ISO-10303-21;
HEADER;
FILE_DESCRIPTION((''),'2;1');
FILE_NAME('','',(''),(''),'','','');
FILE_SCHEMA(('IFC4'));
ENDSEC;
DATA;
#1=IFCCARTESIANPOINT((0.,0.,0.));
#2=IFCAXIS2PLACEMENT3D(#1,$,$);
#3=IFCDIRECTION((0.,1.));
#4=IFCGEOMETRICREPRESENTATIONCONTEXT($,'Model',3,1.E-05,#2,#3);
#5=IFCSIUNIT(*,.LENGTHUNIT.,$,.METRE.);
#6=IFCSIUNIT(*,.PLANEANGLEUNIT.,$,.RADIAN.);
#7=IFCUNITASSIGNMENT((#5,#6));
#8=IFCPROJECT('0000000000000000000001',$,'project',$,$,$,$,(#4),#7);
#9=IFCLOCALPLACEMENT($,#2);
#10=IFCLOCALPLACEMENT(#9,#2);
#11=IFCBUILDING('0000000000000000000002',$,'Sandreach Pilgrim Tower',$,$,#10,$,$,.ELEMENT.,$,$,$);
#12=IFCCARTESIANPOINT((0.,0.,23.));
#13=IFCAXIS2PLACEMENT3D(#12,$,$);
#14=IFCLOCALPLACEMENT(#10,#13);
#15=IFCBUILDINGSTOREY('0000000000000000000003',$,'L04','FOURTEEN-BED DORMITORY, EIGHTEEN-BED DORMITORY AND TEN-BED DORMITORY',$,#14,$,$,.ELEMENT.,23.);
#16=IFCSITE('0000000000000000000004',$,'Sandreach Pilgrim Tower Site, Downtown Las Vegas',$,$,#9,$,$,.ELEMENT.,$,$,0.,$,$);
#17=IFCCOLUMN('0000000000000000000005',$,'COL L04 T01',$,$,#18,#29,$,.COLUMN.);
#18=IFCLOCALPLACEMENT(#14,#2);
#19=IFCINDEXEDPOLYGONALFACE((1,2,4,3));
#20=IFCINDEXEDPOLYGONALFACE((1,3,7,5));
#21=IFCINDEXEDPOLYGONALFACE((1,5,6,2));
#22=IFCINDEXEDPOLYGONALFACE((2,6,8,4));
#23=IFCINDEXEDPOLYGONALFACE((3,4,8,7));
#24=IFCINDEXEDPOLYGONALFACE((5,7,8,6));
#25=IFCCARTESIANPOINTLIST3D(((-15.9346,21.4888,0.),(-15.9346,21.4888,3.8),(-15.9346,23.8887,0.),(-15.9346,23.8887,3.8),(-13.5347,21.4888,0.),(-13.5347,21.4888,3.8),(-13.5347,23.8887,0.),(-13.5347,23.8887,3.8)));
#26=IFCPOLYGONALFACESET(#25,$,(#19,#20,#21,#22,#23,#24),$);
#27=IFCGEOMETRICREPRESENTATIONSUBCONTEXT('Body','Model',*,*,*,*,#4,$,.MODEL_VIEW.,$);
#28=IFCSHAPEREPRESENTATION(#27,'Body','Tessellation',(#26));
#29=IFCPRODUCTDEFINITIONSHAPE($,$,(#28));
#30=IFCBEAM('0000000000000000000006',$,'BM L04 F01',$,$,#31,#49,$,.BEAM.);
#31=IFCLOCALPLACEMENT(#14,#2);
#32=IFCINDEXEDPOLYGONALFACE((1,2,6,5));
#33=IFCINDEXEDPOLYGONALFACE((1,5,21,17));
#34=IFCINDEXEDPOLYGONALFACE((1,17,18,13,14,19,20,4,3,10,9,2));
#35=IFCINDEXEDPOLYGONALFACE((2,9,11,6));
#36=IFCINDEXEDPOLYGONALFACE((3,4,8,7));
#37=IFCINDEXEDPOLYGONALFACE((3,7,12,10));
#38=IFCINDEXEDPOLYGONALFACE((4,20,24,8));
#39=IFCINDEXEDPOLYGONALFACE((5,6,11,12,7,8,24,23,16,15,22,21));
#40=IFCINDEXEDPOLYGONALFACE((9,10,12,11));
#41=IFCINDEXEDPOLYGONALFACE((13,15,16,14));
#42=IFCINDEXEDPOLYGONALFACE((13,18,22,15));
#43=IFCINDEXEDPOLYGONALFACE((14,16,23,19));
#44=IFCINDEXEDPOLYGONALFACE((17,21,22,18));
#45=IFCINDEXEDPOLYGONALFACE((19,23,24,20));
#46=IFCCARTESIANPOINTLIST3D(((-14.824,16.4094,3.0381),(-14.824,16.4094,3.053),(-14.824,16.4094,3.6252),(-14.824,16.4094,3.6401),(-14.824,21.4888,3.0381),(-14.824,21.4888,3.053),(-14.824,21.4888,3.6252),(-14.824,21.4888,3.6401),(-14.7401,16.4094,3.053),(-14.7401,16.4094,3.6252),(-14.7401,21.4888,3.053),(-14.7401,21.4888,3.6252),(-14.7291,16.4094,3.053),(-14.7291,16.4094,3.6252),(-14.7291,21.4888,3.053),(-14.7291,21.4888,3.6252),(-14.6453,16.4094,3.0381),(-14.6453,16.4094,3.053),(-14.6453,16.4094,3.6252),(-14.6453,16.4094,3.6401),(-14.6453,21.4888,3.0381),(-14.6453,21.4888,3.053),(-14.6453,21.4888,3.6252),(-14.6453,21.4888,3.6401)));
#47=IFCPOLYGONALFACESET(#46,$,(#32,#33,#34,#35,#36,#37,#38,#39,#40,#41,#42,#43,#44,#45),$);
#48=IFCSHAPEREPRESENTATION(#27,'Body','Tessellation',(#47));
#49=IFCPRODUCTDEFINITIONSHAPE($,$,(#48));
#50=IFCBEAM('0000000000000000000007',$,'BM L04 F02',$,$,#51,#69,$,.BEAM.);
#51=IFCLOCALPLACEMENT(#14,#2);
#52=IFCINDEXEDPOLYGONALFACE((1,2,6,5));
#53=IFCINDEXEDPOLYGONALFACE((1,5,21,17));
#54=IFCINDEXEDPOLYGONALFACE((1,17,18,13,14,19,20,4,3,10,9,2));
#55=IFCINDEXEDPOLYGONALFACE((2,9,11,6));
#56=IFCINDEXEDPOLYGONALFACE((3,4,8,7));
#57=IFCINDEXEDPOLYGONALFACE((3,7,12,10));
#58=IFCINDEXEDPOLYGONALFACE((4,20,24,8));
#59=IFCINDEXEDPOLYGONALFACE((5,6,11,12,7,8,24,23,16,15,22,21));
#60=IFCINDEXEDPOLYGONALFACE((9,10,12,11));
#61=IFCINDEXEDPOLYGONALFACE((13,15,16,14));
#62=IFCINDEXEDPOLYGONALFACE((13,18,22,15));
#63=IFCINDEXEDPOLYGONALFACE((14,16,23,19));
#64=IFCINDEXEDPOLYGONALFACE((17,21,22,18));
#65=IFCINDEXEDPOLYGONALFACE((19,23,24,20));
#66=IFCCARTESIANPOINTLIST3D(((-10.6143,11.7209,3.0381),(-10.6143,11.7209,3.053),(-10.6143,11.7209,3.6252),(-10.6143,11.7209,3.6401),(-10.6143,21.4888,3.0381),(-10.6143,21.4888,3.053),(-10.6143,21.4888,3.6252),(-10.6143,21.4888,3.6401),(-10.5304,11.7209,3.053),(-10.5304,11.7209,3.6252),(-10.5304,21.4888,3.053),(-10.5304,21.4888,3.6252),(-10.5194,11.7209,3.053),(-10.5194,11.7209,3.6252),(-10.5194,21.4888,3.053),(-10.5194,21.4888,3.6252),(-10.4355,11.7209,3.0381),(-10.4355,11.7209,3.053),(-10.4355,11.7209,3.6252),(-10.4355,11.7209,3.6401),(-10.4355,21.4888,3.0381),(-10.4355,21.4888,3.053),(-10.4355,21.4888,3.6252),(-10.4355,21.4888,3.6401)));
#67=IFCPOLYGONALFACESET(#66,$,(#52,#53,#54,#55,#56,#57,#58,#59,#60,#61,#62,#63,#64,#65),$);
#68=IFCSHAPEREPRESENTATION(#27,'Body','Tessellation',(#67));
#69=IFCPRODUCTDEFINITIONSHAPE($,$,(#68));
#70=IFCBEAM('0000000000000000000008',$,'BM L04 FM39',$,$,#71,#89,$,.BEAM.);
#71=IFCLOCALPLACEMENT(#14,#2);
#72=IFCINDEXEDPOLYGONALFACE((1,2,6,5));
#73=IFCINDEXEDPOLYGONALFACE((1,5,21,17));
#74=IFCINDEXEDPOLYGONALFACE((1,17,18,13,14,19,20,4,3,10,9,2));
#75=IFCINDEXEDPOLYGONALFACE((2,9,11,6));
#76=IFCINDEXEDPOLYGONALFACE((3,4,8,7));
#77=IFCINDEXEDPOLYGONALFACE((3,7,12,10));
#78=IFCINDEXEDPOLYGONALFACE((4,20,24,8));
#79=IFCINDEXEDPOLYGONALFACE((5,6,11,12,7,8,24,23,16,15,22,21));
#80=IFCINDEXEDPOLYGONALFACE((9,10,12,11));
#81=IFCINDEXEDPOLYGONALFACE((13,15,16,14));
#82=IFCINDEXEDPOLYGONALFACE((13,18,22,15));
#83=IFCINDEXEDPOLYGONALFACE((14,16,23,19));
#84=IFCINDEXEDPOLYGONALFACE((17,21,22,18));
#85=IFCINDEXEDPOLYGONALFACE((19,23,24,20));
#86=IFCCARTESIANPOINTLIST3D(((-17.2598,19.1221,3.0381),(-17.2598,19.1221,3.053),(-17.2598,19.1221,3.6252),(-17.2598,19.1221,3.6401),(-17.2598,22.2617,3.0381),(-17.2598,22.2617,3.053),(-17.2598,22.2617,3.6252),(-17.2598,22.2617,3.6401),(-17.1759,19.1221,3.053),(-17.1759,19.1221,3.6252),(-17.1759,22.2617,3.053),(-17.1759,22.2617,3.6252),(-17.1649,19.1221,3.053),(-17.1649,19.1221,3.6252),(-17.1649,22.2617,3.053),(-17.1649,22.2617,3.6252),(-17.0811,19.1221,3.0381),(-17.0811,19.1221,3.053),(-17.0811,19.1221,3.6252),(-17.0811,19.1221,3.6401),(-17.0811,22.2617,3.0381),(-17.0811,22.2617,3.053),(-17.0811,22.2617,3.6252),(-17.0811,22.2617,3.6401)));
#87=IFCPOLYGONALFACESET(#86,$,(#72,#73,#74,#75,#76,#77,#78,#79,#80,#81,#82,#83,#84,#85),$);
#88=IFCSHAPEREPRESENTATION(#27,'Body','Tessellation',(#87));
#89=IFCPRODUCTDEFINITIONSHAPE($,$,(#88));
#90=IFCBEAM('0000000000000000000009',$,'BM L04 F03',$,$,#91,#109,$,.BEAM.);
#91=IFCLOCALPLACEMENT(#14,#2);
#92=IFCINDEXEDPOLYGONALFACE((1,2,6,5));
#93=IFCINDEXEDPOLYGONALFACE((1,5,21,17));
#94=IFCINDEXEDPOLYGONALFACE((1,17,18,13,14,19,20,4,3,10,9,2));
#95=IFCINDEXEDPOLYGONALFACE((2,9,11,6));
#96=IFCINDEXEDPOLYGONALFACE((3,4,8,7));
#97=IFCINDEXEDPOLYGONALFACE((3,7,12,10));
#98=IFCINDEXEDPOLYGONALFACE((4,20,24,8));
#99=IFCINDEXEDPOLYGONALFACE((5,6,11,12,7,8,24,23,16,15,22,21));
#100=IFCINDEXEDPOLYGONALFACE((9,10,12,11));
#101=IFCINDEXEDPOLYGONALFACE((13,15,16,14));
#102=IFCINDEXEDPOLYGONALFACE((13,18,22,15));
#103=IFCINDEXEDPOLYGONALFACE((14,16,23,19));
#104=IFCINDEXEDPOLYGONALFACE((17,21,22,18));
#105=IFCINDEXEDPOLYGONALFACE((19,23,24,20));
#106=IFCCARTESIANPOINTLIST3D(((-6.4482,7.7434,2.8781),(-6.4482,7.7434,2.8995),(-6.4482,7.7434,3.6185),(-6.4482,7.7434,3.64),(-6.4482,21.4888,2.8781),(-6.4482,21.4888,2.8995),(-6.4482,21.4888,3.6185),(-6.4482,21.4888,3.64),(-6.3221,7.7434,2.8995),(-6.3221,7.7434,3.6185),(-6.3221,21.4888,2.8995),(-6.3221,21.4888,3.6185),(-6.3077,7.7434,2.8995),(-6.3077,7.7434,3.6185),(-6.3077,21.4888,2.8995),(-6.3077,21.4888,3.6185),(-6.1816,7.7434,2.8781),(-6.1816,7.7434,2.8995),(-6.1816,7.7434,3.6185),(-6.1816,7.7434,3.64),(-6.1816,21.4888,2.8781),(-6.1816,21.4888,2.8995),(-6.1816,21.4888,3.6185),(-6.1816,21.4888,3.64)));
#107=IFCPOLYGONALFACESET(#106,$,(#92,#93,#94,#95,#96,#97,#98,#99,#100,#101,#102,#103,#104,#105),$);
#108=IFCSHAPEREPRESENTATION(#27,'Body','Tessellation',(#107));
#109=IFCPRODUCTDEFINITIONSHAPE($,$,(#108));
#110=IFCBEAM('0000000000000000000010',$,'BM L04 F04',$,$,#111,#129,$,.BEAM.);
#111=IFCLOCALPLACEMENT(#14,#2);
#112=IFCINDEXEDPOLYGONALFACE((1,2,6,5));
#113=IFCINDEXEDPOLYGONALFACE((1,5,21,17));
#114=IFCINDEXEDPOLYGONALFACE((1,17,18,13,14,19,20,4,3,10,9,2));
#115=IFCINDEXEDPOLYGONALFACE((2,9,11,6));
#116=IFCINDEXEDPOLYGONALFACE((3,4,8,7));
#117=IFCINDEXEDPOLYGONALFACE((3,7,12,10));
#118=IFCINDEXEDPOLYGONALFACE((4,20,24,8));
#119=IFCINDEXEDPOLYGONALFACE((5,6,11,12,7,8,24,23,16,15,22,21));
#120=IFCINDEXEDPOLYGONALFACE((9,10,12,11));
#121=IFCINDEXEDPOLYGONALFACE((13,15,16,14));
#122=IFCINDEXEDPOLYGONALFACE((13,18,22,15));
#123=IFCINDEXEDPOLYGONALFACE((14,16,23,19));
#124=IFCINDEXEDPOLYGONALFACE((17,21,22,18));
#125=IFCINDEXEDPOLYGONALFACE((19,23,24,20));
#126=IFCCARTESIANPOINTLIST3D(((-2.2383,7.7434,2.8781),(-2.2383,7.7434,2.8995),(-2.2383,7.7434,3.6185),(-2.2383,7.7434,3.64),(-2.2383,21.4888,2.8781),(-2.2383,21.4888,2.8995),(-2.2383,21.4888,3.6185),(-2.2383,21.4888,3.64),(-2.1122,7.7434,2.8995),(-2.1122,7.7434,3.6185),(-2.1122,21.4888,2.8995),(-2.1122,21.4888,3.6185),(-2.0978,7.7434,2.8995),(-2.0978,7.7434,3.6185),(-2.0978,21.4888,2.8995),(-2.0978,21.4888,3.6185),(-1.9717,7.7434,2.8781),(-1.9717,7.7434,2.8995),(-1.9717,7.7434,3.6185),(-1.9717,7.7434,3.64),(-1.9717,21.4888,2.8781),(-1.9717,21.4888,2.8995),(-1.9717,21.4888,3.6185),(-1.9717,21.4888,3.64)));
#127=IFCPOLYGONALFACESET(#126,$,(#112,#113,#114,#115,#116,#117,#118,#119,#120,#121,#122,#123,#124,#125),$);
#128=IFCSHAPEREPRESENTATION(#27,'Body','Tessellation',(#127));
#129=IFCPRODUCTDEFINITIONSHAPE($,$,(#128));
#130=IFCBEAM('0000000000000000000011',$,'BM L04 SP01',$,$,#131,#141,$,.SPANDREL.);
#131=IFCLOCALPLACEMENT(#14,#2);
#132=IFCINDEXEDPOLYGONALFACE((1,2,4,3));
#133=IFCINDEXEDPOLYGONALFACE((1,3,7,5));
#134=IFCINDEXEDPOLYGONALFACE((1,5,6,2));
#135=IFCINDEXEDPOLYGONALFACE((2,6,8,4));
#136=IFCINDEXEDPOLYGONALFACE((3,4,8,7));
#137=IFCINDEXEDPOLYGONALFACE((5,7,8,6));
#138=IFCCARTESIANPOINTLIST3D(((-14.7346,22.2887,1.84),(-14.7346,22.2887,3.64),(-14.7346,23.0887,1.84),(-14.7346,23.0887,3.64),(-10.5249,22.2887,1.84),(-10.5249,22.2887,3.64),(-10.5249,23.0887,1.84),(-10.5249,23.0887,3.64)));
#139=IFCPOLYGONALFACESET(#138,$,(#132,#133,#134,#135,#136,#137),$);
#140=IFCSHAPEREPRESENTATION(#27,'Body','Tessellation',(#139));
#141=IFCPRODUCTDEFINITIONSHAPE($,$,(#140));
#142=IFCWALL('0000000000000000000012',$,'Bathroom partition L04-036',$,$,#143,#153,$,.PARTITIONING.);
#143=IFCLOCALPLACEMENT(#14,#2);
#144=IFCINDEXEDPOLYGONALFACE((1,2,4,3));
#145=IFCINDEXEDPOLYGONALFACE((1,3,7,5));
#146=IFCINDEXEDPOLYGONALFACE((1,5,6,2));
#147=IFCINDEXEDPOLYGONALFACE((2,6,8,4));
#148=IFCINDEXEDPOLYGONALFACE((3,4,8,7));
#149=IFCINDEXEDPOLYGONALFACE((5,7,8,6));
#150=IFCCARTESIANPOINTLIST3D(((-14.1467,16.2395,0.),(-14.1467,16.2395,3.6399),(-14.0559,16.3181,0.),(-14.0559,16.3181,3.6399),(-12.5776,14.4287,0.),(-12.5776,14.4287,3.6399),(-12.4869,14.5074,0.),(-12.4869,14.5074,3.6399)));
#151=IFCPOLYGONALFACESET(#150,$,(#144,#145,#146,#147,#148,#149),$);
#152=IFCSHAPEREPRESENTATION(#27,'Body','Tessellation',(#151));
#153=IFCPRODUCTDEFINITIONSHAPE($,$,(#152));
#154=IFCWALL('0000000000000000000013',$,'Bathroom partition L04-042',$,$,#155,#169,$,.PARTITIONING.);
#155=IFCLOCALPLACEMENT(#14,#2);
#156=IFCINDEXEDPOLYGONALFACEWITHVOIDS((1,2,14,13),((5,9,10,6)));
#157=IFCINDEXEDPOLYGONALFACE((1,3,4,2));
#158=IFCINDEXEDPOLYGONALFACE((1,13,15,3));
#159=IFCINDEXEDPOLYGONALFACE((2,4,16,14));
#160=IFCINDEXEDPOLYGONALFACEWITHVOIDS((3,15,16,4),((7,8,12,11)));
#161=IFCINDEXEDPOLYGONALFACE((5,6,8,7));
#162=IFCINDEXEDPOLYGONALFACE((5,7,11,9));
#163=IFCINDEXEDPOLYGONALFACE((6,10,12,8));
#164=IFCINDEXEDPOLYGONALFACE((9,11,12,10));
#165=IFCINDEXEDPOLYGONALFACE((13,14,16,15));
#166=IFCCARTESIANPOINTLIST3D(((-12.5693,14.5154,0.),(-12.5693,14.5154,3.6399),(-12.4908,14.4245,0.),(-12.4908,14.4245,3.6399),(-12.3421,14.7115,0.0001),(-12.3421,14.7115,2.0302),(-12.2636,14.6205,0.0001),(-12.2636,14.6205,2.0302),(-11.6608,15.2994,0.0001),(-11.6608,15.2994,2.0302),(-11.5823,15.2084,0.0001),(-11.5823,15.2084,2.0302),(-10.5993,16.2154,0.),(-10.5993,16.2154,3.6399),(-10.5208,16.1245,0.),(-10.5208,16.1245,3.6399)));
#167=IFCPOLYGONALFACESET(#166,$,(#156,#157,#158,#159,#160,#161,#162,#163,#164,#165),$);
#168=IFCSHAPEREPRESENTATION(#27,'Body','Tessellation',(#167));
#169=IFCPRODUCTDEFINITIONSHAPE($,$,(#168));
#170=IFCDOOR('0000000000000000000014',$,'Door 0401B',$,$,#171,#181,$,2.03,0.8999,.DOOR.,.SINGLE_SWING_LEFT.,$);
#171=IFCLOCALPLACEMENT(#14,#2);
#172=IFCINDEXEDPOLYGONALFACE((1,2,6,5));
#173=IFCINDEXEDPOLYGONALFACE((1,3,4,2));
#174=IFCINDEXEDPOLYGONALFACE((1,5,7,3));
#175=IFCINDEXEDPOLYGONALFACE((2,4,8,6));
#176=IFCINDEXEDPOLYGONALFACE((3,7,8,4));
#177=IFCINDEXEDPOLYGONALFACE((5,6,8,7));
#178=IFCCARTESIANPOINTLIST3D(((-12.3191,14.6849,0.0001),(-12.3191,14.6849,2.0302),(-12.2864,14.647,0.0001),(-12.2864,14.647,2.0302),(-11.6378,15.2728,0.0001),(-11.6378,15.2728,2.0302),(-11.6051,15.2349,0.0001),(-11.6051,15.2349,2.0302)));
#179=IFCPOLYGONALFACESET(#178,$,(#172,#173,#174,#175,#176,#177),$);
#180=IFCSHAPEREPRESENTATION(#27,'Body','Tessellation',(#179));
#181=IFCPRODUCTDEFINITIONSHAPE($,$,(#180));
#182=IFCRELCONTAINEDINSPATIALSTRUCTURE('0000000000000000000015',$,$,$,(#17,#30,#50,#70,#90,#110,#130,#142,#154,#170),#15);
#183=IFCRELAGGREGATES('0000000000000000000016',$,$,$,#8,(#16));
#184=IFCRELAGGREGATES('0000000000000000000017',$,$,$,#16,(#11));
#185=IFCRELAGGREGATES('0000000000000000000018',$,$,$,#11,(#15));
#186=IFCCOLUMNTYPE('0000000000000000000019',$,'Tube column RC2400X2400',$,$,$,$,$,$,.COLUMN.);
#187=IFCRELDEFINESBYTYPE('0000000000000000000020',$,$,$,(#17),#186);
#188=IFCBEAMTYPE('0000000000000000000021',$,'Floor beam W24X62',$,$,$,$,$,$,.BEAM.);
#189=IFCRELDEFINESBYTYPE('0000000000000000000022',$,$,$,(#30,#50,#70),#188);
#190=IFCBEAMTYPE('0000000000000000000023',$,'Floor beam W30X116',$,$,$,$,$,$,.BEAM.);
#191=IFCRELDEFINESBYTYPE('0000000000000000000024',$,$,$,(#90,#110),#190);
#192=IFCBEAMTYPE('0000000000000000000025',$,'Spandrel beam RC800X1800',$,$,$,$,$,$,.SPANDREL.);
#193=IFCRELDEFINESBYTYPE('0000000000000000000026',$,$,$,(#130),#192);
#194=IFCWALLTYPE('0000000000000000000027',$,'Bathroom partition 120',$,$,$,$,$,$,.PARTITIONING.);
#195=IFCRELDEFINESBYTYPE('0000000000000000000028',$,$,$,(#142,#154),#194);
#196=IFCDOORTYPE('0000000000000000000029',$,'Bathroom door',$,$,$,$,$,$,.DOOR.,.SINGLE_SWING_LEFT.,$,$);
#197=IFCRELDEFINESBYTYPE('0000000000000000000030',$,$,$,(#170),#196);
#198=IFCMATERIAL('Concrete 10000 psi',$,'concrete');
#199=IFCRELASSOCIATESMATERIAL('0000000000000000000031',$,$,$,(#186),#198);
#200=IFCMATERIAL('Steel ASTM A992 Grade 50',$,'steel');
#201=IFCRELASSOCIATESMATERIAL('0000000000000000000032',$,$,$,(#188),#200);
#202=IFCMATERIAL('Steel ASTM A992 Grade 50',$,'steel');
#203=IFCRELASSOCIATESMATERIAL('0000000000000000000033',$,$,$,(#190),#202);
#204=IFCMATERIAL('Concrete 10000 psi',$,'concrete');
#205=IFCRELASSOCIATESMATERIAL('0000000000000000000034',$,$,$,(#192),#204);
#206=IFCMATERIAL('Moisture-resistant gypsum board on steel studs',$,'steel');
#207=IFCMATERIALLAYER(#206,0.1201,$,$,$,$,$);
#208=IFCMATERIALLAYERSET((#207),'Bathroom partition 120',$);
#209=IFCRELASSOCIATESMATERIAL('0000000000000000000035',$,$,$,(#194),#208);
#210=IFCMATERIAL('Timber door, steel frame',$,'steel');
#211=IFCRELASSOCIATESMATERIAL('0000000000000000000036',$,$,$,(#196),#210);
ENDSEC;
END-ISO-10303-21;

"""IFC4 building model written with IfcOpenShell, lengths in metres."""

from ifc_helpers import new_model, si_unit, direction, frame, frame_2d, origin, origin_2d, place, context, subcontext, project, spatial, rectangle, i_section, extrude, material, layer, layer_set, material_profile, profile_set, type_object, element, fill, save


model = new_model("IFC4")

# Units and contexts
model_context = context("Model", 3, precision=1e-05, world=origin(), true_north=direction((0.0, 1.0)))
body_context = subcontext(model_context, "Body", "Model", "MODEL_VIEW")
ifc_project = project(units=[si_unit("LENGTHUNIT", "METRE"), si_unit("PLANEANGLEUNIT", "RADIAN")], contexts=[model_context])

# Site, building, storey
site_placement = place(None, origin())
site = spatial("IfcSite", under=ifc_project, at=site_placement, Name="Sandreach Pilgrim Tower Site, Downtown Las Vegas", CompositionType="ELEMENT", RefElevation=0.0)
building_placement = place(site_placement, origin())
building = spatial("IfcBuilding", under=site, at=building_placement, Name="Sandreach Pilgrim Tower", CompositionType="ELEMENT")
storey_placement = place(building_placement, frame((0.0, 0.0, 23.0)))
storey = spatial("IfcBuildingStorey", under=building, at=storey_placement, Name="L04", Description="FOURTEEN-BED DORMITORY, EIGHTEEN-BED DORMITORY AND TEN-BED DORMITORY", CompositionType="ELEMENT", Elevation=23.0)

# Column
ifc_material_1 = material(Name="Concrete 10000 psi", Category="concrete")
ifc_material_profile_1 = material_profile(ifc_material_1, rectangle(XDim=2.3999, YDim=2.3999, at=origin_2d()), Name="RC2400X2400")
ifc_profile_set_1 = profile_set([ifc_material_profile_1], Name="Concrete 10000 psi")
column_type = type_object("IfcColumnType", Name="Tube column RC2400X2400", PredefinedType="COLUMN", material=ifc_profile_set_1)
column_placement = place(storey_placement, frame((-14.7346, 22.6887, 0.0), z_axis=(0.0, 0.0, 1.0), x_axis=(0.0, 1.0, 0.0)))
element("IfcColumn", 1, at=column_placement, inside=storey, type_object=column_type, Name="COL L04 T01", PredefinedType="COLUMN", context=body_context, shape_type="SweptSolid", body=[
    extrude(rectangle(XDim=2.3999, YDim=2.3999, at=origin_2d()), origin(), (0.0, 0.0, 1.0), 3.8),
])

# Beams
ifc_material_2 = material(Name="Steel ASTM A992 Grade 50", Category="steel")
ifc_material_profile_2 = material_profile(ifc_material_2, i_section(OverallWidth=0.1787, OverallDepth=0.6021, WebThickness=0.011, FlangeThickness=0.0149, at=origin_2d()), Name="W24X62")
ifc_profile_set_2 = profile_set([ifc_material_profile_2], Name="Steel ASTM A992 Grade 50")
beam_type_1 = type_object("IfcBeamType", Name="Floor beam W24X62", PredefinedType="BEAM", material=ifc_profile_set_2)
beam_1_placement = place(storey_placement, frame((-14.7346, 21.4888, 3.3391), z_axis=(0.0, -1.0, 0.0), x_axis=(1.0, 0.0, 0.0)))
element("IfcBeam", 2, at=beam_1_placement, inside=storey, type_object=beam_type_1, Name="BM L04 F01", PredefinedType="BEAM", context=body_context, shape_type="SweptSolid", body=[
    extrude(i_section(OverallWidth=0.1787, OverallDepth=0.6021, WebThickness=0.011, FlangeThickness=0.0149, at=origin_2d()), origin(), (0.0, 0.0, 1.0), 5.0793),
])
beam_2_placement = place(storey_placement, frame((-10.5249, 21.4888, 3.3391), z_axis=(0.0, -1.0, 0.0), x_axis=(1.0, 0.0, 0.0)))
element("IfcBeam", 3, at=beam_2_placement, inside=storey, type_object=beam_type_1, Name="BM L04 F02", PredefinedType="BEAM", context=body_context, shape_type="SweptSolid", body=[
    extrude(i_section(OverallWidth=0.1787, OverallDepth=0.6021, WebThickness=0.011, FlangeThickness=0.0149, at=origin_2d()), origin(), (0.0, 0.0, 1.0), 9.7678),
])
beam_3_placement = place(storey_placement, frame((-17.1704, 22.2617, 3.3391), z_axis=(0.0, -1.0, 0.0), x_axis=(1.0, 0.0, 0.0)))
element("IfcBeam", 4, at=beam_3_placement, inside=storey, type_object=beam_type_1, Name="BM L04 FM39", PredefinedType="BEAM", context=body_context, shape_type="SweptSolid", body=[
    extrude(i_section(OverallWidth=0.1787, OverallDepth=0.6021, WebThickness=0.011, FlangeThickness=0.0149, at=origin_2d()), origin(), (0.0, 0.0, 1.0), 3.1396),
])
ifc_material_3 = material(Name="Steel ASTM A992 Grade 50", Category="steel")
ifc_material_profile_3 = material_profile(ifc_material_3, i_section(OverallWidth=0.2666, OverallDepth=0.762, WebThickness=0.0144, FlangeThickness=0.0215, at=origin_2d()), Name="W30X116")
ifc_profile_set_3 = profile_set([ifc_material_profile_3], Name="Steel ASTM A992 Grade 50")
beam_type_2 = type_object("IfcBeamType", Name="Floor beam W30X116", PredefinedType="BEAM", material=ifc_profile_set_3)
for number, where, z_axis, x_axis, name in (
    (5, (-6.3149, 21.4888, 3.259), (0.0, -1.0, 0.0), (1.0, 0.0, 0.0), "BM L04 F03"),
    (6, (-2.105, 21.4888, 3.259), (0.0, -1.0, 0.0), (1.0, 0.0, 0.0), "BM L04 F04"),
):
    element("IfcBeam", number, at=place(storey_placement, frame(where, z_axis=z_axis, x_axis=x_axis)), inside=storey, type_object=beam_type_2, Name=name, PredefinedType="BEAM", context=body_context, shape_type="SweptSolid", body=[
        extrude(i_section(OverallWidth=0.2666, OverallDepth=0.762, WebThickness=0.0144, FlangeThickness=0.0215, at=origin_2d()), origin(), (0.0, 0.0, 1.0), 13.7454),
    ])
ifc_material_4 = material(Name="Concrete 10000 psi", Category="concrete")
ifc_material_profile_4 = material_profile(ifc_material_4, rectangle(XDim=0.8, YDim=1.8, at=origin_2d()), Name="RC800X1800")
ifc_profile_set_4 = profile_set([ifc_material_profile_4], Name="Concrete 10000 psi")
beam_type_3 = type_object("IfcBeamType", Name="Spandrel beam RC800X1800", PredefinedType="SPANDREL", material=ifc_profile_set_4)
beam_4_placement = place(storey_placement, frame((-14.7346, 22.6887, 2.74), z_axis=(1.0, 0.0, 0.0), x_axis=(0.0, 1.0, 0.0)))
element("IfcBeam", 7, at=beam_4_placement, inside=storey, type_object=beam_type_3, Name="BM L04 SP01", PredefinedType="SPANDREL", context=body_context, shape_type="SweptSolid", body=[
    extrude(rectangle(XDim=0.8, YDim=1.8, at=origin_2d()), origin(), (0.0, 0.0, 1.0), 4.2097),
])

# Wall
ifc_material_5 = material(Name="Moisture-resistant gypsum board on steel studs", Category="steel")
ifc_layer_1 = layer(ifc_material_5, 0.1201)
ifc_layer_set_1 = layer_set([ifc_layer_1], Name="Bathroom partition 120")
wall_type_1 = type_object("IfcWallType", Name="Bathroom partition 120", PredefinedType="PARTITIONING", material=ifc_layer_set_1)
wall_1_placement = place(storey_placement, frame((-14.1013, 16.2788, 0.0), z_axis=(0.0, 0.0, 1.0), x_axis=(0.654868, -0.755743, 0.0)))
element("IfcWall", 8, at=wall_1_placement, inside=storey, type_object=wall_type_1, Name="Bathroom partition L04-036", PredefinedType="PARTITIONING", context=body_context, shape_type="SweptSolid", body=[
    extrude(rectangle(XDim=2.396, YDim=0.1201, at=frame_2d((1.198, 0.0))), origin(), (0.0, 0.0, 1.0), 3.6399),
])

# Wall, opening, door
wall_2_placement = place(storey_placement, frame((-12.53, 14.47, 0.0), z_axis=(0.0, 0.0, 1.0), x_axis=(0.757087, 0.653314, 0.0)))
wall_2 = element("IfcWall", 9, at=wall_2_placement, inside=storey, type_object=wall_type_1, Name="Bathroom partition L04-042", PredefinedType="PARTITIONING", context=body_context, shape_type="SweptSolid", body=[
    extrude(rectangle(XDim=2.6021, YDim=0.1201, at=frame_2d((1.301, 0.0))), origin(), (0.0, 0.0, 1.0), 3.6399),
])
opening_1_placement = place(wall_2_placement, frame((0.3, 0.0, 0.0)))
opening_1 = element("IfcOpeningElement", 10, at=opening_1_placement, cuts=wall_2, PredefinedType="OPENING", context=body_context, shape_type="SweptSolid", body=[
    extrude(rectangle(XDim=0.8999, YDim=2.03, at=frame_2d((0.45, 1.0151))), frame((0.0, 0.0601, 0.0), z_axis=(0.0, -1.0, 0.0), x_axis=(1.0, 0.0, 0.0)), (0.0, 0.0, 1.0), 0.1201),
])
ifc_material_6 = material(Name="Timber door, steel frame", Category="steel")
door_type_1 = type_object("IfcDoorType", Name="Bathroom door", OperationType="SINGLE_SWING_LEFT", PredefinedType="DOOR", material=ifc_material_6)
door_1_placement = place(opening_1_placement, origin())
door_1 = element("IfcDoor", 11, at=door_1_placement, inside=storey, type_object=door_type_1, Name="Door 0401B", OperationType="SINGLE_SWING_LEFT", OverallHeight=2.03, OverallWidth=0.8999, PredefinedType="DOOR", context=body_context, shape_type="SweptSolid", body=[
    extrude(rectangle(XDim=0.8999, YDim=2.03, at=frame_2d((0.45, 1.0151))), frame((0.0, 0.0249, 0.0), z_axis=(0.0, -1.0, 0.0), x_axis=(1.0, 0.0, 0.0)), (0.0, 0.0, 1.0), 0.05),
])
fill(opening_1, door_1)

save(model, "model.ifc")
